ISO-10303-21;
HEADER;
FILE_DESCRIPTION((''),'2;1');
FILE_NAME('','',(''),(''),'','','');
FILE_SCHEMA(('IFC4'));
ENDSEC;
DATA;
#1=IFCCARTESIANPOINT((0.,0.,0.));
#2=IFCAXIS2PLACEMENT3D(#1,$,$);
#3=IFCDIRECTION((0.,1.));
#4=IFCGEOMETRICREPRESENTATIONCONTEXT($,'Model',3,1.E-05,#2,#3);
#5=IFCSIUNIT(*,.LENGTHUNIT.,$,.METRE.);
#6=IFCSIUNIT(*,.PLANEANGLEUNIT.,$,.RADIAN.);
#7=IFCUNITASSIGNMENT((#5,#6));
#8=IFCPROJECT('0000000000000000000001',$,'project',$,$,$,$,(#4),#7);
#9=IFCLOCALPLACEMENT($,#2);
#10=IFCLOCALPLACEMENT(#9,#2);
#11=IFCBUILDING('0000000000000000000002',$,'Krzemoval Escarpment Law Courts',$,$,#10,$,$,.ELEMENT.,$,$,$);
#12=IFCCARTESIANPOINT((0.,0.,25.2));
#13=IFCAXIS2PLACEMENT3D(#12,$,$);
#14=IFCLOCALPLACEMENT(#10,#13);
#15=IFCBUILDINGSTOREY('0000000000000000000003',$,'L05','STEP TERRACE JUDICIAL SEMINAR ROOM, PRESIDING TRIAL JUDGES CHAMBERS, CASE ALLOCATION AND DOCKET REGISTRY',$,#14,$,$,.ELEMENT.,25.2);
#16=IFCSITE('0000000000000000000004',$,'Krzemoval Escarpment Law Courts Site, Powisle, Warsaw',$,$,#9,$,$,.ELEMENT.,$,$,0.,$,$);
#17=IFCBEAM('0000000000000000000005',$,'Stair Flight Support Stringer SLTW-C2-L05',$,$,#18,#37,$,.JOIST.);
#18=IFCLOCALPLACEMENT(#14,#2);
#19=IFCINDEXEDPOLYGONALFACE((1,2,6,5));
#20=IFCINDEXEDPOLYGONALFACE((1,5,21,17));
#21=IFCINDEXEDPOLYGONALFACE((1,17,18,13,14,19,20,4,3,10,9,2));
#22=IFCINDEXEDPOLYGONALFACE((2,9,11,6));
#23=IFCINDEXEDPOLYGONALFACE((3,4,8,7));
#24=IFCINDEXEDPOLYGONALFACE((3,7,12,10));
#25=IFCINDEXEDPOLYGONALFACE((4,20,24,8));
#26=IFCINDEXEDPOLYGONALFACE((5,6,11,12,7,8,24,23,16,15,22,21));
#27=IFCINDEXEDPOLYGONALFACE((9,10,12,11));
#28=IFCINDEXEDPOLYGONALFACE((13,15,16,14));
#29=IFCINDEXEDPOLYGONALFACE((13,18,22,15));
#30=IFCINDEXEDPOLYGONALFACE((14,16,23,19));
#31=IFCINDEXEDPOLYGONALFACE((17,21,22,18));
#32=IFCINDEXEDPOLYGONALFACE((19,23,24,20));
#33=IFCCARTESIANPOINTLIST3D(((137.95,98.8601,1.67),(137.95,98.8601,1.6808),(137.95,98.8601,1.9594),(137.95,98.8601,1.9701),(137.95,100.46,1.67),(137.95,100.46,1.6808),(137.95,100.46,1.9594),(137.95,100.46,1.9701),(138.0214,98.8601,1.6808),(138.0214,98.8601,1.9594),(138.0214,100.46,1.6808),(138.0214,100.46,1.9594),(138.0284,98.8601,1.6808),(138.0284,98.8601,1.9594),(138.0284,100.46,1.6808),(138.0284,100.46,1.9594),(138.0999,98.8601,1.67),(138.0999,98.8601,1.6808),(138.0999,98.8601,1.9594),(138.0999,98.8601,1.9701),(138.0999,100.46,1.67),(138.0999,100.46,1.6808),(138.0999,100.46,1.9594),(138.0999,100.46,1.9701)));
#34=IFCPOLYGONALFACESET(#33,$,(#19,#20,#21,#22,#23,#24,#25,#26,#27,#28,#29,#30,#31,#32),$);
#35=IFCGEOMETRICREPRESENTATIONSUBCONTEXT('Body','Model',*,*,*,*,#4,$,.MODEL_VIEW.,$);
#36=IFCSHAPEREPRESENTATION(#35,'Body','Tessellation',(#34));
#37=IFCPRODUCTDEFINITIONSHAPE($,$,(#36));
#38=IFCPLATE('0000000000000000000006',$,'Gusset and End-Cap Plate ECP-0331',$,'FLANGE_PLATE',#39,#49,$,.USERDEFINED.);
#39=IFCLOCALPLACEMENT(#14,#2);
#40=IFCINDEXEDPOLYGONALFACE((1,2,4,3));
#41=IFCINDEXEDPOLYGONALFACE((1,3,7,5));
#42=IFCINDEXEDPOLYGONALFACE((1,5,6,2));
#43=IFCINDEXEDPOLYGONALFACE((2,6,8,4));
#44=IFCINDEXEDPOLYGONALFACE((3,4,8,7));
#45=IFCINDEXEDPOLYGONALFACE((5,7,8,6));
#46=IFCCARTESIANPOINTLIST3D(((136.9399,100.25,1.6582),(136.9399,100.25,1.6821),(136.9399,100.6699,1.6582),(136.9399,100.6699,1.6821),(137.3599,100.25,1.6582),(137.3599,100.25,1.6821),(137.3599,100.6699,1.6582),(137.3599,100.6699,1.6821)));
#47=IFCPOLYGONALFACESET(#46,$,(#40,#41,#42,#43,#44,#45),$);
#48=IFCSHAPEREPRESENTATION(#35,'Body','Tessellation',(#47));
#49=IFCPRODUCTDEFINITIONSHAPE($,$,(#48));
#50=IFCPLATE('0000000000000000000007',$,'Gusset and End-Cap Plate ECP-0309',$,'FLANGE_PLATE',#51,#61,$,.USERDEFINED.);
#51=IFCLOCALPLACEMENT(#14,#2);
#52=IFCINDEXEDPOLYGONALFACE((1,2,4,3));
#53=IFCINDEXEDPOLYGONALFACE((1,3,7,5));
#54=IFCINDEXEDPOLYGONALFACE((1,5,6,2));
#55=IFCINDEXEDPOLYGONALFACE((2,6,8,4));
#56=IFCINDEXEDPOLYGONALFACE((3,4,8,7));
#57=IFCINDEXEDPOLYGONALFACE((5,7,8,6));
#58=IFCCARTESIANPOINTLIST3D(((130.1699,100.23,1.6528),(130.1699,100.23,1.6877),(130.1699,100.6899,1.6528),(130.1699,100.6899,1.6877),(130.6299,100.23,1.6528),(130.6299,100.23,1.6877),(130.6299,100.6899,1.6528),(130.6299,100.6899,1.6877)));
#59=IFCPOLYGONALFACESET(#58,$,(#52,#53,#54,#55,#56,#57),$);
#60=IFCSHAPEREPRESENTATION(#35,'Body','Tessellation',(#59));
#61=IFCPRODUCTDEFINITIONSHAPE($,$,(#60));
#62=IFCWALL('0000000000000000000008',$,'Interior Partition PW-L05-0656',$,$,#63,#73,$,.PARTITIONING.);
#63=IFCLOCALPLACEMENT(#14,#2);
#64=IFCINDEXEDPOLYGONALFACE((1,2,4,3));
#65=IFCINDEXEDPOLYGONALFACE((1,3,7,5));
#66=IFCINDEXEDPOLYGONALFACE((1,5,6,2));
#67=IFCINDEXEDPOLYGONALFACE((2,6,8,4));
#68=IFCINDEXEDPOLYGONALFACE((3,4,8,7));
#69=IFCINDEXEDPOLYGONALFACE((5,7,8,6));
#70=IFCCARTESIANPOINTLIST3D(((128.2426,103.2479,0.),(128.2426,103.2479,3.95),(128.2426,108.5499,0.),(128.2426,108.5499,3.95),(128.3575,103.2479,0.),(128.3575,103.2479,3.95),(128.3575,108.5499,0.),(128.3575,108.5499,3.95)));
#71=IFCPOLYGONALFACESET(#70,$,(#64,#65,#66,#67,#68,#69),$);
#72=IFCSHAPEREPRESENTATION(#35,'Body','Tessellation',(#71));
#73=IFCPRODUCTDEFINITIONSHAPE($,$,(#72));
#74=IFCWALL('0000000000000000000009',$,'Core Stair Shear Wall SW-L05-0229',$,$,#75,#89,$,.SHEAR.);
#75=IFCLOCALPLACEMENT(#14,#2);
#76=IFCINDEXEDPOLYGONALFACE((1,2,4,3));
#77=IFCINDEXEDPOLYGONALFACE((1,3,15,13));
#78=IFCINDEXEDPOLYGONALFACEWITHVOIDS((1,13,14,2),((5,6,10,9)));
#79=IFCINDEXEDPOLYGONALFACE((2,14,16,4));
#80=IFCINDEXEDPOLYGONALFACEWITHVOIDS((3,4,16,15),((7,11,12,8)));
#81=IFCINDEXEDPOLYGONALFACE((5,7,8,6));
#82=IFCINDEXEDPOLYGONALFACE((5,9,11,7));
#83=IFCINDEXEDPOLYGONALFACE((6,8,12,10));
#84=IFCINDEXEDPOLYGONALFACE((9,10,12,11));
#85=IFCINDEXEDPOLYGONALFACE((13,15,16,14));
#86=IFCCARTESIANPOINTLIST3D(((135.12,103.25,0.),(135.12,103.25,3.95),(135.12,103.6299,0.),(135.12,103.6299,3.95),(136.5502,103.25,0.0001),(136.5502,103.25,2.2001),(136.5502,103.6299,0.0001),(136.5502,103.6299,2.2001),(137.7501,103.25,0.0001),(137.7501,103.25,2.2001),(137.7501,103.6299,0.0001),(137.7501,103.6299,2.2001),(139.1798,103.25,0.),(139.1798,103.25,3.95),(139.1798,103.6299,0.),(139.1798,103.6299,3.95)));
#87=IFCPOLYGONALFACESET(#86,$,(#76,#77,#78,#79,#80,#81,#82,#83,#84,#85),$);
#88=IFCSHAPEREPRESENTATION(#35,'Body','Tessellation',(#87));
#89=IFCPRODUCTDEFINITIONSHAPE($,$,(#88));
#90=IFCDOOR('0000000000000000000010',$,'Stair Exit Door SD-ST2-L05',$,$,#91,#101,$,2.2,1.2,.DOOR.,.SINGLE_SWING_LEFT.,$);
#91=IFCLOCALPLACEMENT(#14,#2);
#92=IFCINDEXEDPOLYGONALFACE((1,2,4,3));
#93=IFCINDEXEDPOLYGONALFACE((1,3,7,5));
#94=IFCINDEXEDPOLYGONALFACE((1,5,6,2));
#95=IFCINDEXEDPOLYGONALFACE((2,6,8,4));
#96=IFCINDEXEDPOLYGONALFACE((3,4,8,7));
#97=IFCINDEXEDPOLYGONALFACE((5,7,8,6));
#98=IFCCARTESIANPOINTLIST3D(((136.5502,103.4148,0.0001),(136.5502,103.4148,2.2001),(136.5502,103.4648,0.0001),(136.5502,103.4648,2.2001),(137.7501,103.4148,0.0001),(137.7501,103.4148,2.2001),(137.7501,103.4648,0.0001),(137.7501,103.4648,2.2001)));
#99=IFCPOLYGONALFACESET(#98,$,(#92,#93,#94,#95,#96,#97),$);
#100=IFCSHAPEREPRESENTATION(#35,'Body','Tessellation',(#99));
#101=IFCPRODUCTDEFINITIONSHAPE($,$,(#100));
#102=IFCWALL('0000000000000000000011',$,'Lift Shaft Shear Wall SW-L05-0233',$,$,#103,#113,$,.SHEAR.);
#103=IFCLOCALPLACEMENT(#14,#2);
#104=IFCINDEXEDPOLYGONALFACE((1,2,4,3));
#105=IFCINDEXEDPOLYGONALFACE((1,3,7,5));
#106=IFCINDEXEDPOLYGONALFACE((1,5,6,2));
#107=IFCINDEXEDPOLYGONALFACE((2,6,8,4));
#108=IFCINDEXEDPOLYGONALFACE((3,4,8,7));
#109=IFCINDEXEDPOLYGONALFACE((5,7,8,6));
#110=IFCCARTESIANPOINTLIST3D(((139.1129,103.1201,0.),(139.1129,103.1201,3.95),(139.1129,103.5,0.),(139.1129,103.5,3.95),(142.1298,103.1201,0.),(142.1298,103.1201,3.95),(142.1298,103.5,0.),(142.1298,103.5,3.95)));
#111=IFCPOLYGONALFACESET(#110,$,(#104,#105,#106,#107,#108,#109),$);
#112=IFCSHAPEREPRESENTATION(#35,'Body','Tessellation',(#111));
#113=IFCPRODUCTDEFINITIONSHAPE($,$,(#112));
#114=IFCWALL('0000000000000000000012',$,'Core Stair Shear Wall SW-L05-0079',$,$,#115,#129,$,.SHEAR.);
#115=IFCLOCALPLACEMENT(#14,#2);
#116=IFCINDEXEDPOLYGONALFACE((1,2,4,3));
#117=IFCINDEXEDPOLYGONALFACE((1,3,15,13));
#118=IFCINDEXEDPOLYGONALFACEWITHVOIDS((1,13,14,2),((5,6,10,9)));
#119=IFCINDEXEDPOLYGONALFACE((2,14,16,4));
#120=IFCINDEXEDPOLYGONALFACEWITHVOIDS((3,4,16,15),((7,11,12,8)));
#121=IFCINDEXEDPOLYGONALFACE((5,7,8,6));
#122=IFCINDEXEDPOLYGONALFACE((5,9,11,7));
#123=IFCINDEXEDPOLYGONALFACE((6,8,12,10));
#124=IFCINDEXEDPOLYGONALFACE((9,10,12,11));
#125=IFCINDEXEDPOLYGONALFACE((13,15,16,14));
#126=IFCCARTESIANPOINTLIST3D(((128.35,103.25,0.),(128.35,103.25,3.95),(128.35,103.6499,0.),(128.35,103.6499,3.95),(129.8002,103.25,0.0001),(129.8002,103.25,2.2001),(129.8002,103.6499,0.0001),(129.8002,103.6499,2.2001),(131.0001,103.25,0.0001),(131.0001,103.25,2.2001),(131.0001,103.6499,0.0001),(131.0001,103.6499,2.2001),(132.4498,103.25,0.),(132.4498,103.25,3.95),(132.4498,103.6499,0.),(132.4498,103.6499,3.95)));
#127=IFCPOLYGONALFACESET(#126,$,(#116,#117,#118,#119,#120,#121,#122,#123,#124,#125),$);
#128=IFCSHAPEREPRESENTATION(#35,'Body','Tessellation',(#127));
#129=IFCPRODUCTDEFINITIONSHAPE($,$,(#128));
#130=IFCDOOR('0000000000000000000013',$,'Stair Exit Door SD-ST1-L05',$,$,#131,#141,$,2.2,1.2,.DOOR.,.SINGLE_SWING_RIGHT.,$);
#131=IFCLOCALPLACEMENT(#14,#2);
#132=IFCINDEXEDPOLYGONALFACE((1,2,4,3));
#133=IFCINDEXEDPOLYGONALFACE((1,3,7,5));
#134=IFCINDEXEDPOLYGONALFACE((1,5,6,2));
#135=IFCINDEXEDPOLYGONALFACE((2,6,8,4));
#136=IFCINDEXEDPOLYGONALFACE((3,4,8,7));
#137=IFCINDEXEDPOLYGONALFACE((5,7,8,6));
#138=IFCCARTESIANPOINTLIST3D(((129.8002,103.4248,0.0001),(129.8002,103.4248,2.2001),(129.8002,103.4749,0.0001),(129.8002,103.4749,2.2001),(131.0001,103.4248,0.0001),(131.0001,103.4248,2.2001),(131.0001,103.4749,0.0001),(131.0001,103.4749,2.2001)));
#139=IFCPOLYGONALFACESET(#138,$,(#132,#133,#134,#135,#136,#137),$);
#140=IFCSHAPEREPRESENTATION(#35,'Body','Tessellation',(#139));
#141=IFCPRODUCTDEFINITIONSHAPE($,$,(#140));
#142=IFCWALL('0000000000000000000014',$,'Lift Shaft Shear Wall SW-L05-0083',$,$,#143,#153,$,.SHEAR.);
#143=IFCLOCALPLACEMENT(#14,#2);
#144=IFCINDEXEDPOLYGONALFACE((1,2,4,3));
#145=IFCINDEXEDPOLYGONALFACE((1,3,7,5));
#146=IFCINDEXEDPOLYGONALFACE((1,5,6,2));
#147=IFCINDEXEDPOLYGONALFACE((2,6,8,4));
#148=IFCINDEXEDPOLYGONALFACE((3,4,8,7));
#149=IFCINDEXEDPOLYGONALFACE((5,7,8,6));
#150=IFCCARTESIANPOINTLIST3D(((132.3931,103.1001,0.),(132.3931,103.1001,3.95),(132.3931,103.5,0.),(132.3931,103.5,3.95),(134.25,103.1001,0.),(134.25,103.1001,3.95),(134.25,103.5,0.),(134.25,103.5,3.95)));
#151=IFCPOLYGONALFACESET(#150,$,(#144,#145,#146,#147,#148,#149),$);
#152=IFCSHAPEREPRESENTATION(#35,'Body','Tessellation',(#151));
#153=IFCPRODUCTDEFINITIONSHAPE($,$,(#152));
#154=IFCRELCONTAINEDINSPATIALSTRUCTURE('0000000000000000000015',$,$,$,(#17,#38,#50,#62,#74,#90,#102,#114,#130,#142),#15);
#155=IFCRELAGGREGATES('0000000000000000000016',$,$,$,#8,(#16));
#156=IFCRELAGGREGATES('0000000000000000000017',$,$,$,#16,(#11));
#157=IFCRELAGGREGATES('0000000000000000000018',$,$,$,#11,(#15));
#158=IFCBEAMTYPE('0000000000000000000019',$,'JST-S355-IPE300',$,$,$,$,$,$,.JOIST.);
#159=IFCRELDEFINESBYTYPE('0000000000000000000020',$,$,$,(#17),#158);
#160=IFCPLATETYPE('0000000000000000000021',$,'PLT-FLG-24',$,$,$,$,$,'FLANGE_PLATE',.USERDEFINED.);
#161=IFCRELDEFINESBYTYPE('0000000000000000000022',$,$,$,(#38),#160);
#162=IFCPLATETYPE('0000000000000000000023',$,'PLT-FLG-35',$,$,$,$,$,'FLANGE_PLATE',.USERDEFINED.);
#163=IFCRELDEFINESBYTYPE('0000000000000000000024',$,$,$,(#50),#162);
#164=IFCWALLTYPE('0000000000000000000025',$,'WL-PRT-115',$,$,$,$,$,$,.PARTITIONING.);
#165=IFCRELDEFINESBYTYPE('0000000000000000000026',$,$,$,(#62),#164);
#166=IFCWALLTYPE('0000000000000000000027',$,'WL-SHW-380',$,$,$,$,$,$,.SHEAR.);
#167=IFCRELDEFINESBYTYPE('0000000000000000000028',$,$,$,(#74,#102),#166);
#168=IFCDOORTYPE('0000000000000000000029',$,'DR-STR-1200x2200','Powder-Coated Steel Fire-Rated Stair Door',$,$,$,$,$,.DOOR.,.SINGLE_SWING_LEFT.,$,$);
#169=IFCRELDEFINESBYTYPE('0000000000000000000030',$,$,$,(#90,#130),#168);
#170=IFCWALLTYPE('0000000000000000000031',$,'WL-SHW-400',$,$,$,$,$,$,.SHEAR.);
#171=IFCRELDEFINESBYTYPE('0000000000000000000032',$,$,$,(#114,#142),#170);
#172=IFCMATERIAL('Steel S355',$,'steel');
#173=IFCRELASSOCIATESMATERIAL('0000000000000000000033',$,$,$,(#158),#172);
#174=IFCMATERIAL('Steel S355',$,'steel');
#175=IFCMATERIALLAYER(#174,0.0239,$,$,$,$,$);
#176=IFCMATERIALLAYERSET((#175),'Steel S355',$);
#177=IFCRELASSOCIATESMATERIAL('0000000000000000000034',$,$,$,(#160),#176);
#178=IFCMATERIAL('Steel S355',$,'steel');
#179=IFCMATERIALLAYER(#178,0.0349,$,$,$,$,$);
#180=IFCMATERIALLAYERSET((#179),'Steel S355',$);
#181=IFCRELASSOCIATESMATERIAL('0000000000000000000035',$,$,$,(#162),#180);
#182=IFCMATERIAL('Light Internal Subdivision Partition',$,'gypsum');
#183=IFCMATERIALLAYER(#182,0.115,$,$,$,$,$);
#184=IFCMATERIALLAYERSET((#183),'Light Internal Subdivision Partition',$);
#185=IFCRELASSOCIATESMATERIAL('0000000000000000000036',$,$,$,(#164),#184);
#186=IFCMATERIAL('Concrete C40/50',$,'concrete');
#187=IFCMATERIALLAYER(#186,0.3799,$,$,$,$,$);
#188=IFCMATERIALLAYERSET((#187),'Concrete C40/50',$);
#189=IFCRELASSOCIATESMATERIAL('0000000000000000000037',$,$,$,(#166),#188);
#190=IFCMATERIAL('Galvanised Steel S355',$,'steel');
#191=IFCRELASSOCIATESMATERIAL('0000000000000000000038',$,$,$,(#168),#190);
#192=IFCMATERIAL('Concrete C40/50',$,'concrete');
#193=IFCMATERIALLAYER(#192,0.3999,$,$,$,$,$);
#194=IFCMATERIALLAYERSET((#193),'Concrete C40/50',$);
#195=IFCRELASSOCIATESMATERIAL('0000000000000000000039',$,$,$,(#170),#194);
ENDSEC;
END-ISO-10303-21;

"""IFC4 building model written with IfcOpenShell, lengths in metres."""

from ifc_helpers import new_model, si_unit, direction, frame, frame_2d, origin, origin_2d, place, context, subcontext, project, spatial, rectangle, i_section, extrude, material, layer, layer_set, material_profile, profile_set, type_object, element, fill, save


model = new_model("IFC4")

# Units and contexts
model_context = context("Model", 3, precision=1e-05, world=origin(), true_north=direction((0.0, 1.0)))
body_context = subcontext(model_context, "Body", "Model", "MODEL_VIEW")
ifc_project = project(units=[si_unit("LENGTHUNIT", "METRE"), si_unit("PLANEANGLEUNIT", "RADIAN")], contexts=[model_context])

# Site, building, storey
site_placement = place(None, origin())
site = spatial("IfcSite", under=ifc_project, at=site_placement, Name="Krzemoval Escarpment Law Courts Site, Powisle, Warsaw", CompositionType="ELEMENT", RefElevation=0.0)
building_placement = place(site_placement, origin())
building = spatial("IfcBuilding", under=site, at=building_placement, Name="Krzemoval Escarpment Law Courts", CompositionType="ELEMENT")
storey_placement = place(building_placement, frame((0.0, 0.0, 25.2)))
storey = spatial("IfcBuildingStorey", under=building, at=storey_placement, Name="L05", Description="STEP TERRACE JUDICIAL SEMINAR ROOM, PRESIDING TRIAL JUDGES CHAMBERS, CASE ALLOCATION AND DOCKET REGISTRY", CompositionType="ELEMENT", Elevation=25.2)

# Beam
ifc_material_1 = material(Name="Steel S355", Category="steel")
ifc_material_profile_1 = material_profile(ifc_material_1, i_section(OverallWidth=0.1499, OverallDepth=0.3, WebThickness=0.0071, FlangeThickness=0.0107, at=origin_2d()), Name="IPE 300")
ifc_profile_set_1 = profile_set([ifc_material_profile_1], Name="Steel S355")
beam_type_1 = type_object("IfcBeamType", Name="JST-S355-IPE300", PredefinedType="JOIST", material=ifc_profile_set_1)
beam_1_placement = place(storey_placement, frame((138.0249, 98.8601, 1.8201), z_axis=(0.0, 1.0, 0.0), x_axis=(-1.0, 0.0, 0.0)))
element("IfcBeam", 1, at=beam_1_placement, inside=storey, type_object=beam_type_1, Name="Stair Flight Support Stringer SLTW-C2-L05", PredefinedType="JOIST", context=body_context, shape_type="SweptSolid", body=[
    extrude(i_section(OverallWidth=0.1499, OverallDepth=0.3, WebThickness=0.0071, FlangeThickness=0.0107, at=origin_2d()), origin(), (0.0, 0.0, 1.0), 1.5999),
])

# Plates
ifc_material_2 = material(Name="Steel S355", Category="steel")
ifc_layer_1 = layer(ifc_material_2, 0.0239)
ifc_layer_set_1 = layer_set([ifc_layer_1], Name="Steel S355")
plate_type_1 = type_object("IfcPlateType", Name="PLT-FLG-24", ElementType="FLANGE_PLATE", PredefinedType="USERDEFINED", material=ifc_layer_set_1)
plate_1_placement = place(storey_placement, frame((137.1499, 100.46, 1.6582), z_axis=(0.0, 0.0, 1.0), x_axis=(1.0, 0.0, 0.0)))
element("IfcPlate", 2, at=plate_1_placement, inside=storey, type_object=plate_type_1, Name="Gusset and End-Cap Plate ECP-0331", ObjectType="FLANGE_PLATE", PredefinedType="USERDEFINED", context=body_context, shape_type="SweptSolid", body=[
    extrude(rectangle(XDim=0.4199, YDim=0.4199, at=origin_2d()), origin(), (0.0, 0.0, 1.0), 0.0239),
])
ifc_material_3 = material(Name="Steel S355", Category="steel")
ifc_layer_2 = layer(ifc_material_3, 0.0349)
ifc_layer_set_2 = layer_set([ifc_layer_2], Name="Steel S355")
plate_type_2 = type_object("IfcPlateType", Name="PLT-FLG-35", ElementType="FLANGE_PLATE", PredefinedType="USERDEFINED", material=ifc_layer_set_2)
plate_2_placement = place(storey_placement, frame((130.3999, 100.46, 1.6528), z_axis=(0.0, 0.0, 1.0), x_axis=(1.0, 0.0, 0.0)))
element("IfcPlate", 3, at=plate_2_placement, inside=storey, type_object=plate_type_2, Name="Gusset and End-Cap Plate ECP-0309", ObjectType="FLANGE_PLATE", PredefinedType="USERDEFINED", context=body_context, shape_type="SweptSolid", body=[
    extrude(rectangle(XDim=0.46, YDim=0.46, at=origin_2d()), origin(), (0.0, 0.0, 1.0), 0.0349),
])

# Wall
ifc_material_4 = material(Name="Light Internal Subdivision Partition", Category="gypsum")
ifc_layer_3 = layer(ifc_material_4, 0.115)
ifc_layer_set_3 = layer_set([ifc_layer_3], Name="Light Internal Subdivision Partition")
wall_type_1 = type_object("IfcWallType", Name="WL-PRT-115", PredefinedType="PARTITIONING", material=ifc_layer_set_3)
wall_1_placement = place(storey_placement, frame((128.3, 103.248, 0.0), z_axis=(0.0, 0.0, 1.0), x_axis=(0.0, 1.0, 0.0)))
element("IfcWall", 4, at=wall_1_placement, inside=storey, type_object=wall_type_1, Name="Interior Partition PW-L05-0656", PredefinedType="PARTITIONING", context=body_context, shape_type="SweptSolid", body=[
    extrude(rectangle(XDim=5.302, YDim=0.115, at=frame_2d((2.6509, 0.0))), origin(), (0.0, 0.0, 1.0), 3.95),
])

# Wall, opening, door
ifc_material_5 = material(Name="Concrete C40/50", Category="concrete")
ifc_layer_4 = layer(ifc_material_5, 0.3799)
ifc_layer_set_4 = layer_set([ifc_layer_4], Name="Concrete C40/50")
wall_type_2 = type_object("IfcWallType", Name="WL-SHW-380", PredefinedType="SHEAR", material=ifc_layer_set_4)
wall_2_placement = place(storey_placement, frame((135.1201, 103.4399, 0.0), z_axis=(0.0, 0.0, 1.0), x_axis=(1.0, 0.0, 0.0)))
wall_2 = element("IfcWall", 5, at=wall_2_placement, inside=storey, type_object=wall_type_2, Name="Core Stair Shear Wall SW-L05-0229", PredefinedType="SHEAR", context=body_context, shape_type="SweptSolid", body=[
    extrude(rectangle(XDim=4.0598, YDim=0.3799, at=frame_2d((2.0298, 0.0))), origin(), (0.0, 0.0, 1.0), 3.95),
])
opening_1_placement = place(wall_2_placement, frame((1.4299, 0.0, 0.0)))
opening_1 = element("IfcOpeningElement", 6, at=opening_1_placement, cuts=wall_2, PredefinedType="OPENING", context=body_context, shape_type="SweptSolid", body=[
    extrude(rectangle(XDim=1.2, YDim=2.2, at=frame_2d((0.6001, 1.1001))), frame((0.0, 0.2049, 0.0), z_axis=(0.0, -1.0, 0.0), x_axis=(1.0, 0.0, 0.0)), (0.0, 0.0, 1.0), 0.4099),
])
ifc_material_6 = material(Name="Galvanised Steel S355", Category="steel")
door_type_1 = type_object("IfcDoorType", Name="DR-STR-1200x2200", Description="Powder-Coated Steel Fire-Rated Stair Door", OperationType="SINGLE_SWING_LEFT", PredefinedType="DOOR", material=ifc_material_6)
door_1_placement = place(opening_1_placement, origin())
door_1 = element("IfcDoor", 7, at=door_1_placement, inside=storey, type_object=door_type_1, Name="Stair Exit Door SD-ST2-L05", OperationType="SINGLE_SWING_LEFT", OverallHeight=2.2, OverallWidth=1.2, PredefinedType="DOOR", context=body_context, shape_type="SweptSolid", body=[
    extrude(rectangle(XDim=1.2, YDim=2.2, at=frame_2d((0.6001, 1.1001))), frame((0.0, 0.0249, 0.0), z_axis=(0.0, -1.0, 0.0), x_axis=(1.0, 0.0, 0.0)), (0.0, 0.0, 1.0), 0.05),
])
fill(opening_1, door_1)

# Wall
wall_3_placement = place(storey_placement, frame((139.113, 103.3101, 0.0), z_axis=(0.0, 0.0, 1.0), x_axis=(1.0, 0.0, 0.0)))
element("IfcWall", 8, at=wall_3_placement, inside=storey, type_object=wall_type_2, Name="Lift Shaft Shear Wall SW-L05-0233", PredefinedType="SHEAR", context=body_context, shape_type="SweptSolid", body=[
    extrude(rectangle(XDim=3.0168, YDim=0.3799, at=frame_2d((1.5083, 0.0))), origin(), (0.0, 0.0, 1.0), 3.95),
])

# Wall, opening, door
ifc_material_7 = material(Name="Concrete C40/50", Category="concrete")
ifc_layer_5 = layer(ifc_material_7, 0.3999)
ifc_layer_set_5 = layer_set([ifc_layer_5], Name="Concrete C40/50")
wall_type_3 = type_object("IfcWallType", Name="WL-SHW-400", PredefinedType="SHEAR", material=ifc_layer_set_5)
wall_4_placement = place(storey_placement, frame((128.3501, 103.45, 0.0), z_axis=(0.0, 0.0, 1.0), x_axis=(1.0, 0.0, 0.0)))
wall_4 = element("IfcWall", 9, at=wall_4_placement, inside=storey, type_object=wall_type_3, Name="Core Stair Shear Wall SW-L05-0079", PredefinedType="SHEAR", context=body_context, shape_type="SweptSolid", body=[
    extrude(rectangle(XDim=4.0999, YDim=0.3999, at=frame_2d((2.0498, 0.0))), origin(), (0.0, 0.0, 1.0), 3.95),
])
opening_2_placement = place(wall_4_placement, frame((1.45, 0.0, 0.0)))
opening_2 = element("IfcOpeningElement", 10, at=opening_2_placement, cuts=wall_4, PredefinedType="OPENING", context=body_context, shape_type="SweptSolid", body=[
    extrude(rectangle(XDim=1.2, YDim=2.2, at=frame_2d((0.6001, 1.1001))), frame((0.0, 0.215, 0.0), z_axis=(0.0, -1.0, 0.0), x_axis=(1.0, 0.0, 0.0)), (0.0, 0.0, 1.0), 0.4299),
])
door_2_placement = place(opening_2_placement, origin())
door_2 = element("IfcDoor", 11, at=door_2_placement, inside=storey, type_object=door_type_1, Name="Stair Exit Door SD-ST1-L05", OperationType="SINGLE_SWING_RIGHT", OverallHeight=2.2, OverallWidth=1.2, PredefinedType="DOOR", context=body_context, shape_type="SweptSolid", body=[
    extrude(rectangle(XDim=1.2, YDim=2.2, at=frame_2d((0.6001, 1.1001))), frame((0.0, 0.0249, 0.0), z_axis=(0.0, -1.0, 0.0), x_axis=(1.0, 0.0, 0.0)), (0.0, 0.0, 1.0), 0.05),
])
fill(opening_2, door_2)

# Wall
wall_5_placement = place(storey_placement, frame((132.3931, 103.3, 0.0), z_axis=(0.0, 0.0, 1.0), x_axis=(1.0, 0.0, 0.0)))
element("IfcWall", 12, at=wall_5_placement, inside=storey, type_object=wall_type_3, Name="Lift Shaft Shear Wall SW-L05-0083", PredefinedType="SHEAR", context=body_context, shape_type="SweptSolid", body=[
    extrude(rectangle(XDim=1.8569, YDim=0.3999, at=frame_2d((0.9285, 0.0))), origin(), (0.0, 0.0, 1.0), 3.95),
])

save(model, "model.ifc")
